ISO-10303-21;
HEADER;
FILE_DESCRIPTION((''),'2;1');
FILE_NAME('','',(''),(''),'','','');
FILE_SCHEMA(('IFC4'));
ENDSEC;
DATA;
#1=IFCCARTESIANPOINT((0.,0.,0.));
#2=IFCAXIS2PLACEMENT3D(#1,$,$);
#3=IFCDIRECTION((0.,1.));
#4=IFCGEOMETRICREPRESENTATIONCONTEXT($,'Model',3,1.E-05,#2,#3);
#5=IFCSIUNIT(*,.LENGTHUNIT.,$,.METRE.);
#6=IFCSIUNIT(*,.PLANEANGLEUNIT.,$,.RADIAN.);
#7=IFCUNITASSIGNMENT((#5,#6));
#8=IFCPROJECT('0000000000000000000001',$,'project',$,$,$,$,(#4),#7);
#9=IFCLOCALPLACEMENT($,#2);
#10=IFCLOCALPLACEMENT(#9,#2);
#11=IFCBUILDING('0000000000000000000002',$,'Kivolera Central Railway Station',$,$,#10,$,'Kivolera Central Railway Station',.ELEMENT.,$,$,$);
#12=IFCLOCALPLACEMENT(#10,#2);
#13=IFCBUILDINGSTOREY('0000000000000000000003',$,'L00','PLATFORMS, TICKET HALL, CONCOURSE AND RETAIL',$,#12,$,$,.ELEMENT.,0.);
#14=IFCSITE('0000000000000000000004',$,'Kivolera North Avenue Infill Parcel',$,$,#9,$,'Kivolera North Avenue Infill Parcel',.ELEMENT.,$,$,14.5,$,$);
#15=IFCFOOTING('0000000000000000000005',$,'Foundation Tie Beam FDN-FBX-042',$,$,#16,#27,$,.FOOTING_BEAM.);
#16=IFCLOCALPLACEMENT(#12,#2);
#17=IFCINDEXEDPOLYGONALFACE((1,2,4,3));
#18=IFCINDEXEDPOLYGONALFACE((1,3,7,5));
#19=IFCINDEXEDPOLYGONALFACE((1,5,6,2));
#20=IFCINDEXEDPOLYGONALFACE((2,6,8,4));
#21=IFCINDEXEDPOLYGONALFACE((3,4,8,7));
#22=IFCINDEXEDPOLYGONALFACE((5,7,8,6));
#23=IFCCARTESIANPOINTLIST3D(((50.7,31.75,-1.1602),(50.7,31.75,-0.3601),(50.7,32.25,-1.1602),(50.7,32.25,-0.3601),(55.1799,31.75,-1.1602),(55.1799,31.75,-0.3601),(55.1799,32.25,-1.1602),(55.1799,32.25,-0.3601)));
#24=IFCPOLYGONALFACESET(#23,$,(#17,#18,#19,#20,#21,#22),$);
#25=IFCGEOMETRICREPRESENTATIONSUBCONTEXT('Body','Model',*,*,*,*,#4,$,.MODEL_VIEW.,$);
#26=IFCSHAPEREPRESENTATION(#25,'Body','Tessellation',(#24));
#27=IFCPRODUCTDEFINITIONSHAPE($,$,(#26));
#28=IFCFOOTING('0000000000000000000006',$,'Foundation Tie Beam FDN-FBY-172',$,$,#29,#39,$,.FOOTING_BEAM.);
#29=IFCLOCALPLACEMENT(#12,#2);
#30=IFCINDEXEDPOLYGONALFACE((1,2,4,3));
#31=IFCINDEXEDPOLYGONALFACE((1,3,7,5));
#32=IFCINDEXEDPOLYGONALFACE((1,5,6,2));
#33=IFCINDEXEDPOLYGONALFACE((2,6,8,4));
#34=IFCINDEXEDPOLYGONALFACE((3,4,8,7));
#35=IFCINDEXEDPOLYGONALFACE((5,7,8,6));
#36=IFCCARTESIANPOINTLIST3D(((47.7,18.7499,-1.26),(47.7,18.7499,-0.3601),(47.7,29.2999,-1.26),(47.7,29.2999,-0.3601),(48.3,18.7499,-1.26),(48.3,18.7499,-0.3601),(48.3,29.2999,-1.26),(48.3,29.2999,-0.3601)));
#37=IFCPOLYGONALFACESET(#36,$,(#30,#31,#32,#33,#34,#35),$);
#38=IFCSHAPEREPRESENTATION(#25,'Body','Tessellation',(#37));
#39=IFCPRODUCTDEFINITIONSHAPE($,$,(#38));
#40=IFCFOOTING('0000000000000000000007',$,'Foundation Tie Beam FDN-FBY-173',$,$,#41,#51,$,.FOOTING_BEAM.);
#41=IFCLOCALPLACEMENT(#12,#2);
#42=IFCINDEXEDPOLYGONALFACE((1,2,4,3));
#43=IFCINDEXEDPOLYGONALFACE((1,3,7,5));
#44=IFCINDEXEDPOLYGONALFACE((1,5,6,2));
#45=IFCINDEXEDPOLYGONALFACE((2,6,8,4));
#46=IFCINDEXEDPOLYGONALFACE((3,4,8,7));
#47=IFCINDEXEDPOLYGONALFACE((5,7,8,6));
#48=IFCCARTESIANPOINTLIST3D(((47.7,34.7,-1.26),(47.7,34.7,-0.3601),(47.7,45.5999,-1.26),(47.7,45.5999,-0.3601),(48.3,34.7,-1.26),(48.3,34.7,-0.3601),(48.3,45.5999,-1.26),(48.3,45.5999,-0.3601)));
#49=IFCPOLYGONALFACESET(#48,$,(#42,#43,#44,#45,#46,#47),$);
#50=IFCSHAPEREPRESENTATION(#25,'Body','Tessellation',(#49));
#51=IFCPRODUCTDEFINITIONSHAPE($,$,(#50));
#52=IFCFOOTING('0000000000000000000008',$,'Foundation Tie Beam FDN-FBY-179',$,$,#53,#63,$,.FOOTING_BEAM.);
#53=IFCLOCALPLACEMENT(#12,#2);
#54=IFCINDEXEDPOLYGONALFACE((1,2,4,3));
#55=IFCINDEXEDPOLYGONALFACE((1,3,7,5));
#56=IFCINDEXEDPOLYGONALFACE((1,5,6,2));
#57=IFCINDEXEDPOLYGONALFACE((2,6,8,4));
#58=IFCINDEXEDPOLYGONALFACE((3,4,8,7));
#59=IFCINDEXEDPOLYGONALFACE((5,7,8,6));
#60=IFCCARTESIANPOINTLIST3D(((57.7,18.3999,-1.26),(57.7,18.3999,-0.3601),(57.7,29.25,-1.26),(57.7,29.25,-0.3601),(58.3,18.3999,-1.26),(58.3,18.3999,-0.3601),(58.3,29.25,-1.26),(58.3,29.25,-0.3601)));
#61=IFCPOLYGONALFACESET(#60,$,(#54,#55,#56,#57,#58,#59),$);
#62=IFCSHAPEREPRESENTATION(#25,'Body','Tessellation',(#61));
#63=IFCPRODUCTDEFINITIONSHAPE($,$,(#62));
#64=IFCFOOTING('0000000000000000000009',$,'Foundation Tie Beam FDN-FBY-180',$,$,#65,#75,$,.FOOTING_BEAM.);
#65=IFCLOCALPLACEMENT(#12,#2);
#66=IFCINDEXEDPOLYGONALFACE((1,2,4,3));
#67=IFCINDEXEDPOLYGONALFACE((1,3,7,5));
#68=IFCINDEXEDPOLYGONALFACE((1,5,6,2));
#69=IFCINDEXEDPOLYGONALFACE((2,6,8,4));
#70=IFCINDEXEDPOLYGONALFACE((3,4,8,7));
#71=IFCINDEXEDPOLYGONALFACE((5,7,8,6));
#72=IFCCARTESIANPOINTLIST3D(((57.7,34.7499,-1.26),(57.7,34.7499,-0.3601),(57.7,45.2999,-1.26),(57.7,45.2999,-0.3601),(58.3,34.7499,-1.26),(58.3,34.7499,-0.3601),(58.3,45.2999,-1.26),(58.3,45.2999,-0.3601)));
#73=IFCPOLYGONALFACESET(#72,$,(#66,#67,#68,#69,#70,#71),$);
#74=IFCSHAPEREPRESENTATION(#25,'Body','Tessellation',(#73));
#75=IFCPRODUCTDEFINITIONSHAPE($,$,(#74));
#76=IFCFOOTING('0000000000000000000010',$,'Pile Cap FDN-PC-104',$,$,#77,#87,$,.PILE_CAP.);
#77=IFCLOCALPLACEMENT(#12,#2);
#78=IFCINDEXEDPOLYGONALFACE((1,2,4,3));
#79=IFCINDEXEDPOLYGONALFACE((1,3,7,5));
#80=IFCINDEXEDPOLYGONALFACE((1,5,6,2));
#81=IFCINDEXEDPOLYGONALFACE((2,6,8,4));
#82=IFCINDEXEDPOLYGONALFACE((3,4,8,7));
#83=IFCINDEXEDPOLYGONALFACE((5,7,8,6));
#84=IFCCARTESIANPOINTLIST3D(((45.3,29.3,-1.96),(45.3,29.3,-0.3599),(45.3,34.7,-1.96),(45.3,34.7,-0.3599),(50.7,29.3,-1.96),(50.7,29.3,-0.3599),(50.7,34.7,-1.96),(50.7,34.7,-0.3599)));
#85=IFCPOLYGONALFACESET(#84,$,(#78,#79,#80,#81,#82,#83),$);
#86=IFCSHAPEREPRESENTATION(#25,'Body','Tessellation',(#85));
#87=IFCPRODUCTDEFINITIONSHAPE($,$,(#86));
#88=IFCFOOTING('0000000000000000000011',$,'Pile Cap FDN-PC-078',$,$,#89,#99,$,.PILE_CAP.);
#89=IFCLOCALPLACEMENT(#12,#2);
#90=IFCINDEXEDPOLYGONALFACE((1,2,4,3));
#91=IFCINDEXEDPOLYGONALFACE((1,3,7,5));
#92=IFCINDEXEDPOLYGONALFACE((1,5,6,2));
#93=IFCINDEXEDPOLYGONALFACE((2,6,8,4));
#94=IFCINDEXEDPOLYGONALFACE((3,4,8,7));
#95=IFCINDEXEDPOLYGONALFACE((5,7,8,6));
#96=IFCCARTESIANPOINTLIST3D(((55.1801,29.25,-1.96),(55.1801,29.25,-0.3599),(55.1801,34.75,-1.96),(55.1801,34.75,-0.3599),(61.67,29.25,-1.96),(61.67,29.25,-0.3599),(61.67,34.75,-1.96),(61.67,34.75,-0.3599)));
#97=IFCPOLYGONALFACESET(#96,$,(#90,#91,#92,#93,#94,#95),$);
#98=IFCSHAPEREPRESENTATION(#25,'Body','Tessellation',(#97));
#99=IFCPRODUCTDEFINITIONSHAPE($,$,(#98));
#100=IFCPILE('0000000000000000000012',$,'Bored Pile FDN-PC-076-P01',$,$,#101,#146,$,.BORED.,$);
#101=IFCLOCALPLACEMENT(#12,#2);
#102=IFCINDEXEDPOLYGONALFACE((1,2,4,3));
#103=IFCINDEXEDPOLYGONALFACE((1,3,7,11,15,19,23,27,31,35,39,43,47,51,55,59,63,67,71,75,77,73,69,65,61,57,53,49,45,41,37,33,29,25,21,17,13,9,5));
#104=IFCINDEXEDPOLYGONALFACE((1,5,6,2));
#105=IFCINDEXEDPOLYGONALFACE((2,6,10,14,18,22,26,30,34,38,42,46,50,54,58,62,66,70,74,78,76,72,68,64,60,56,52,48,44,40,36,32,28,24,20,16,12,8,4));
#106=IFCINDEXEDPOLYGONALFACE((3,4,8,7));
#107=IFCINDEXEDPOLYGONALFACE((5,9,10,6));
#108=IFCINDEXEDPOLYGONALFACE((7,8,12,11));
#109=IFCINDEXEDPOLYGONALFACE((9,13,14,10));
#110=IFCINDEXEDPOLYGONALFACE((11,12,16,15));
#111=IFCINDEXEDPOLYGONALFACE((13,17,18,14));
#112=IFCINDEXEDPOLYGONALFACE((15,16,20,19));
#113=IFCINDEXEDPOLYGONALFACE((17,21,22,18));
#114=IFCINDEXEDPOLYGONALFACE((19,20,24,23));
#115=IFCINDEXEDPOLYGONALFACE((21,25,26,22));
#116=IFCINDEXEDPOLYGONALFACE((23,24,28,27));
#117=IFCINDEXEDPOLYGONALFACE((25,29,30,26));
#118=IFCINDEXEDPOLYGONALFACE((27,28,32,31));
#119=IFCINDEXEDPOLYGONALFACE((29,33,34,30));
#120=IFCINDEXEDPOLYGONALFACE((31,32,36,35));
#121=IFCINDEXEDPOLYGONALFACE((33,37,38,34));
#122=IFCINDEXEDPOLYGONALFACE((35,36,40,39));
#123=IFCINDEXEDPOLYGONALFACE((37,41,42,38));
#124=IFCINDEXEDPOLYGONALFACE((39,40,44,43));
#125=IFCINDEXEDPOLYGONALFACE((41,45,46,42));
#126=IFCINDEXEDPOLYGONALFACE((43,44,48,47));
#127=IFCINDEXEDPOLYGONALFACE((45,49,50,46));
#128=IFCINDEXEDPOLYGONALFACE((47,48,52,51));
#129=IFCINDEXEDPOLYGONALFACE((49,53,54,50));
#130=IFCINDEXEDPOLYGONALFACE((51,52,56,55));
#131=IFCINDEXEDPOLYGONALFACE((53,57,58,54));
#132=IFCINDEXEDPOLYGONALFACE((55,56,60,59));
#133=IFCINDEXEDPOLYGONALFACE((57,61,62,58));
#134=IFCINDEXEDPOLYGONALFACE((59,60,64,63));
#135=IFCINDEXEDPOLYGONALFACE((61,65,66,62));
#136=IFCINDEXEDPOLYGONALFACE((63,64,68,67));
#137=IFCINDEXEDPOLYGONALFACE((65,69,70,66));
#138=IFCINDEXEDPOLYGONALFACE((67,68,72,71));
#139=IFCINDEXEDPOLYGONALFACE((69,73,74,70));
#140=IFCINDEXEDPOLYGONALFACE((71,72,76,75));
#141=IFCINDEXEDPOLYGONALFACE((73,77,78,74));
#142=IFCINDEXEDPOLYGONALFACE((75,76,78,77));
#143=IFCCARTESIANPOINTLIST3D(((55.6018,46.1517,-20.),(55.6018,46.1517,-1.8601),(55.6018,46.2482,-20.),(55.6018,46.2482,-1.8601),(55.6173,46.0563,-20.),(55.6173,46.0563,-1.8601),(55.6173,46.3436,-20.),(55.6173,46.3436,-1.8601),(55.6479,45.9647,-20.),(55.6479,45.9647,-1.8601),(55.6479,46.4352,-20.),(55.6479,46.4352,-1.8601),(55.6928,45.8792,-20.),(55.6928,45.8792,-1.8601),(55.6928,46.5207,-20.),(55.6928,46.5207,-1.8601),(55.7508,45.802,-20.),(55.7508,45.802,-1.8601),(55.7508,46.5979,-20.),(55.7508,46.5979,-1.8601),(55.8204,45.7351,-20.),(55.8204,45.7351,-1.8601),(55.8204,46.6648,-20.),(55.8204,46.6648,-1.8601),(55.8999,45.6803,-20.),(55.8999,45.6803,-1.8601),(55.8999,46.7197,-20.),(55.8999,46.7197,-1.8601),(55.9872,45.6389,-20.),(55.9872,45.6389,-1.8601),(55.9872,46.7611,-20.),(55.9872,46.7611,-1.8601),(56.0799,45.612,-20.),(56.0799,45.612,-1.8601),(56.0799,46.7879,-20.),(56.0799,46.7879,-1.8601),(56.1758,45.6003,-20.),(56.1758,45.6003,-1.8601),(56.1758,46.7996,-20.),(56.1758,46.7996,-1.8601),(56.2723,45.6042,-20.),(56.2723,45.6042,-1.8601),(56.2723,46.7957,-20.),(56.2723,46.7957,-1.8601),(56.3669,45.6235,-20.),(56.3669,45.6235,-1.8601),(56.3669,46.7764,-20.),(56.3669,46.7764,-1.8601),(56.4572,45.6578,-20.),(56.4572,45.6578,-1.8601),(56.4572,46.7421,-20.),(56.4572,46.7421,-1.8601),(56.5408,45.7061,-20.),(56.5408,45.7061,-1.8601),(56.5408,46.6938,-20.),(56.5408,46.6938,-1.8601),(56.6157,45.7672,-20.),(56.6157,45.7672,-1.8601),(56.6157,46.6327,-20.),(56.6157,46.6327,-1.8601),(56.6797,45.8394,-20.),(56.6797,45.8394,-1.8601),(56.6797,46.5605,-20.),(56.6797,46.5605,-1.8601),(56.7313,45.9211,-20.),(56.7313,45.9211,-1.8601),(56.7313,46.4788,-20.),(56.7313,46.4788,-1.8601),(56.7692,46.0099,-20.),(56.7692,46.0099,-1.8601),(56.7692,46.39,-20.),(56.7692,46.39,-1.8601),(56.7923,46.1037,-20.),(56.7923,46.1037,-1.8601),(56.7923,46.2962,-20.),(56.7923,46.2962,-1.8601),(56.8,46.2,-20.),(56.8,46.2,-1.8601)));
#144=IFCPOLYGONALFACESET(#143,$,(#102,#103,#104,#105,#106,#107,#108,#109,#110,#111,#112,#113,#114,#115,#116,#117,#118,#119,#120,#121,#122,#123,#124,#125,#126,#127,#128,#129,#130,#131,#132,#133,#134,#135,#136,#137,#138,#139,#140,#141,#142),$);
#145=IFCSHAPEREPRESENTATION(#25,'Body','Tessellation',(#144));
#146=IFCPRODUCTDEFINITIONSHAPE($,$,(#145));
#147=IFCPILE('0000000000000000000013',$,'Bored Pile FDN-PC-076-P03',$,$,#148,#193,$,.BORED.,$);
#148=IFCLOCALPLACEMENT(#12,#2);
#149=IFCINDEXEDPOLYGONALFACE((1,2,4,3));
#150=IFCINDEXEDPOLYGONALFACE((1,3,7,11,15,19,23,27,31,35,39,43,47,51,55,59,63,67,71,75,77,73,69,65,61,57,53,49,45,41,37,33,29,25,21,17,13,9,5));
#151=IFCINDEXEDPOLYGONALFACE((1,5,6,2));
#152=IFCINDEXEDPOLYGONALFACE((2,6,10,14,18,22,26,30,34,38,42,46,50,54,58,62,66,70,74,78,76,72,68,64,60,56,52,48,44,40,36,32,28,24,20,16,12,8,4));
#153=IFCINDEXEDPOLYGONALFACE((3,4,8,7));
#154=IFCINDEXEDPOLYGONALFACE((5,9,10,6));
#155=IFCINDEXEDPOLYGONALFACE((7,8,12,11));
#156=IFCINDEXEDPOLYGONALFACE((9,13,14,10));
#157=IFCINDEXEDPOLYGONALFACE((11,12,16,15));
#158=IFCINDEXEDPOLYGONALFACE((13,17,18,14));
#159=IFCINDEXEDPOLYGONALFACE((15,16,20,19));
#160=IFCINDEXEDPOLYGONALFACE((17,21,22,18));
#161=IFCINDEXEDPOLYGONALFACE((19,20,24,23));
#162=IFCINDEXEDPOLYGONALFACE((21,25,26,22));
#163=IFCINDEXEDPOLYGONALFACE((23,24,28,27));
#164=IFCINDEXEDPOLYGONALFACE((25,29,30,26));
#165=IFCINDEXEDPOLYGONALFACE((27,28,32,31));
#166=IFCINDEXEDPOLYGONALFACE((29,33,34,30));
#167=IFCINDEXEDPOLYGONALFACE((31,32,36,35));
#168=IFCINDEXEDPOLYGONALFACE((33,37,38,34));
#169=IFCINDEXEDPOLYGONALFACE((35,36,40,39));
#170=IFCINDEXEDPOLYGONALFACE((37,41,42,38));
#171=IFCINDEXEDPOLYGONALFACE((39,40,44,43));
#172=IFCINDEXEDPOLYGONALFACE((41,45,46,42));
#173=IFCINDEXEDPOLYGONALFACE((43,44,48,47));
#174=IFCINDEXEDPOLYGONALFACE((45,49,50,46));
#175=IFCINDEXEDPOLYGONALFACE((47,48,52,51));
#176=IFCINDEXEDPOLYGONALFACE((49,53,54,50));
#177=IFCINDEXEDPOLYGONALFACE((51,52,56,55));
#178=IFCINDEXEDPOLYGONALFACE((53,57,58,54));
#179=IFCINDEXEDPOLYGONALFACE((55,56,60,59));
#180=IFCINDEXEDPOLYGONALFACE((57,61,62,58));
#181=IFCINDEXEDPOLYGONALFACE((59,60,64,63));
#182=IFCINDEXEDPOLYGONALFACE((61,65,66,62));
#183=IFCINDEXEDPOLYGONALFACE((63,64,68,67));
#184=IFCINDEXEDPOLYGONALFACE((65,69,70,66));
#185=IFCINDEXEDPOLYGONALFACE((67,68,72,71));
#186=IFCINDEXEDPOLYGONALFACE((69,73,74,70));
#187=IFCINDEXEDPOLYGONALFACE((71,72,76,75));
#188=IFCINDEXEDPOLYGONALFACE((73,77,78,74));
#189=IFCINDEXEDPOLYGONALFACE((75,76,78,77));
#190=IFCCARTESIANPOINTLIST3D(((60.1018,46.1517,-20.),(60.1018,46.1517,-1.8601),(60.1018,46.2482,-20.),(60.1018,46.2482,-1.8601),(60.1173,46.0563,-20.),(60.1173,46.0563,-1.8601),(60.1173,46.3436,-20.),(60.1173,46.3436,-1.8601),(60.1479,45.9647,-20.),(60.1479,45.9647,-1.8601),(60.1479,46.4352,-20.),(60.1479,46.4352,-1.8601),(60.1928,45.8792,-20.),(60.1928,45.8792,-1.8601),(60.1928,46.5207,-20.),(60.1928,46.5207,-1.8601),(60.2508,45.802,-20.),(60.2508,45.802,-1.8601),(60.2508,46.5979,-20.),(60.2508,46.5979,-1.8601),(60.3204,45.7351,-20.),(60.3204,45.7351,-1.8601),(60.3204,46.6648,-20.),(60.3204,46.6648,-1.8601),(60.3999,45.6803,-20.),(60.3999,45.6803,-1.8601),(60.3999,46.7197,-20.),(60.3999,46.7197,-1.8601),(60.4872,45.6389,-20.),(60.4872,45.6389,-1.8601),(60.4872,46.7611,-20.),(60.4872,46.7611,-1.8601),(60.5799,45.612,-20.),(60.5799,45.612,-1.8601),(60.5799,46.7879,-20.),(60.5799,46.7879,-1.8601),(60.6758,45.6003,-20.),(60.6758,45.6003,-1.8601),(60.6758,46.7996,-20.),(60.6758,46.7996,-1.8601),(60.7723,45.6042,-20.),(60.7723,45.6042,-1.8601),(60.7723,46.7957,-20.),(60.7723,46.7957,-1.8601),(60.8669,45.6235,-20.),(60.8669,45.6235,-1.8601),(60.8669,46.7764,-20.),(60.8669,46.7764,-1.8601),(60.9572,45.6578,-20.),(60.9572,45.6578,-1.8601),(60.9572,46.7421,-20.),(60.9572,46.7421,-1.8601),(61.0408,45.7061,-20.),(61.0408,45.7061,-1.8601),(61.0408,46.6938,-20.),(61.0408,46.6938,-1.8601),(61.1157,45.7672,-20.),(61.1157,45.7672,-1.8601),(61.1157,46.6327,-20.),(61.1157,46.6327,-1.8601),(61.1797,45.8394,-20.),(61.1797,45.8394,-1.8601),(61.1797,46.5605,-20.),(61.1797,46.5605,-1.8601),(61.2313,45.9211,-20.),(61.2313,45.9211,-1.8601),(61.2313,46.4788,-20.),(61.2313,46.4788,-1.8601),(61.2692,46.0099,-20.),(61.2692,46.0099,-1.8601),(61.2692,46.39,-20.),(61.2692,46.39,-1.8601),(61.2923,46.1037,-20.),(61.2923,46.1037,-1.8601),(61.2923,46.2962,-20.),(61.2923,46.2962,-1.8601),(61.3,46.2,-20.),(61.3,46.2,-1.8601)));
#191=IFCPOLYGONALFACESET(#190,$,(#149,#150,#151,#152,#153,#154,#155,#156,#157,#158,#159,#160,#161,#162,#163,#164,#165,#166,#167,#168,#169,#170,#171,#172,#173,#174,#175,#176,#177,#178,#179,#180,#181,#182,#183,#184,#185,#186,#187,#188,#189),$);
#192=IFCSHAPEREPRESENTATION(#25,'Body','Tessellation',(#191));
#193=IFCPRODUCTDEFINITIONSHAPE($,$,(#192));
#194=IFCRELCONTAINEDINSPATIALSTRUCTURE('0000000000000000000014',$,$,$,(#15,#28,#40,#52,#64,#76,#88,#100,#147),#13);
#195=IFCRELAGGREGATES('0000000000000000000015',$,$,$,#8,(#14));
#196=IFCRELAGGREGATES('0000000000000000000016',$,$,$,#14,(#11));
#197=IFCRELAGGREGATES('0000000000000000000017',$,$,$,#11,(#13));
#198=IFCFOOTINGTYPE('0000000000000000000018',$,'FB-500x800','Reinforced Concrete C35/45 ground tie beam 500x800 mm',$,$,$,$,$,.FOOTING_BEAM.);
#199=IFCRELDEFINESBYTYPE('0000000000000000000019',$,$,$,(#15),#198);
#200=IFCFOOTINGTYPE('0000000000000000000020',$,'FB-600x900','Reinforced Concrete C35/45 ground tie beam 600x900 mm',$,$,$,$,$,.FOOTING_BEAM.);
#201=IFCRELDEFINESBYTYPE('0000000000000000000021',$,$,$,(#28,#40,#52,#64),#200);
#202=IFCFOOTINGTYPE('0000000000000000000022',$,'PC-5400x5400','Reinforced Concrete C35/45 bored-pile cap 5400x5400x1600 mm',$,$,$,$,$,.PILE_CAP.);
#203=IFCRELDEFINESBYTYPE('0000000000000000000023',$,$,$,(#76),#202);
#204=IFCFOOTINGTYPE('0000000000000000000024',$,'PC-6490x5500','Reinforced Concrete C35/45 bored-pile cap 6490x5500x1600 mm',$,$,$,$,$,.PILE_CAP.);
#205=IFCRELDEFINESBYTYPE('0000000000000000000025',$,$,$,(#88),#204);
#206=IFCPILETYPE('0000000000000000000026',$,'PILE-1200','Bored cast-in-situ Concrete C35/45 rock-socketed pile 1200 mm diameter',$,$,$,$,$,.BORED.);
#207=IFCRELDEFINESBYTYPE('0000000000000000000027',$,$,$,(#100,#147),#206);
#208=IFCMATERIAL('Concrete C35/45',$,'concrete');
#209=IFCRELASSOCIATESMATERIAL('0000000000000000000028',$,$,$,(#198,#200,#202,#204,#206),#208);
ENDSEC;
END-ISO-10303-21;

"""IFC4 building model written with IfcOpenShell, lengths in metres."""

from ifc_helpers import new_model, si_unit, direction, frame, origin, origin_2d, place, context, subcontext, project, spatial, rectangle, circle, extrude, material, material_profile, profile_set, type_object, element, save


model = new_model("IFC4")

# Units and contexts
model_context = context("Model", 3, precision=1e-05, world=origin(), true_north=direction((0.0, 1.0)))
body_context = subcontext(model_context, "Body", "Model", "MODEL_VIEW")
ifc_project = project(units=[si_unit("LENGTHUNIT", "METRE"), si_unit("PLANEANGLEUNIT", "RADIAN")], contexts=[model_context])

# Site, building, storey
site_placement = place(None, origin())
site = spatial("IfcSite", under=ifc_project, at=site_placement, Name="Kivolera North Avenue Infill Parcel", LongName="Kivolera North Avenue Infill Parcel", CompositionType="ELEMENT", RefElevation=14.5)
building_placement = place(site_placement, origin())
building = spatial("IfcBuilding", under=site, at=building_placement, Name="Kivolera Central Railway Station", LongName="Kivolera Central Railway Station", CompositionType="ELEMENT")
storey_placement = place(building_placement, origin())
storey = spatial("IfcBuildingStorey", under=building, at=storey_placement, Name="L00", Description="PLATFORMS, TICKET HALL, CONCOURSE AND RETAIL", CompositionType="ELEMENT", Elevation=0.0)

# Footings
ifc_material_1 = material(Name="Concrete C35/45", Category="concrete")
footing_type_1 = type_object("IfcFootingType", Name="FB-500x800", Description="Reinforced Concrete C35/45 ground tie beam 500x800 mm", PredefinedType="FOOTING_BEAM", material=ifc_material_1)
footing_1_placement = place(storey_placement, frame((52.9399, 32.0, -1.1602), z_axis=(0.0, 0.0, 1.0), x_axis=(1.0, 0.0, 0.0)))
element("IfcFooting", 1, at=footing_1_placement, inside=storey, type_object=footing_type_1, Name="Foundation Tie Beam FDN-FBX-042", PredefinedType="FOOTING_BEAM", context=body_context, shape_type="SweptSolid", body=[
    extrude(rectangle(XDim=4.48, YDim=0.5, at=origin_2d()), origin(), (0.0, 0.0, 1.0), 0.8),
])
footing_type_2 = type_object("IfcFootingType", Name="FB-600x900", Description="Reinforced Concrete C35/45 ground tie beam 600x900 mm", PredefinedType="FOOTING_BEAM", material=ifc_material_1)
footing_2_placement = place(storey_placement, frame((48.0, 24.0249, -1.26), z_axis=(0.0, 0.0, 1.0), x_axis=(1.0, 0.0, 0.0)))
element("IfcFooting", 2, at=footing_2_placement, inside=storey, type_object=footing_type_2, Name="Foundation Tie Beam FDN-FBY-172", PredefinedType="FOOTING_BEAM", context=body_context, shape_type="SweptSolid", body=[
    extrude(rectangle(XDim=0.6001, YDim=10.55, at=origin_2d()), origin(), (0.0, 0.0, 1.0), 0.8999),
])
footing_3_placement = place(storey_placement, frame((48.0, 40.1499, -1.26), z_axis=(0.0, 0.0, 1.0), x_axis=(1.0, 0.0, 0.0)))
element("IfcFooting", 3, at=footing_3_placement, inside=storey, type_object=footing_type_2, Name="Foundation Tie Beam FDN-FBY-173", PredefinedType="FOOTING_BEAM", context=body_context, shape_type="SweptSolid", body=[
    extrude(rectangle(XDim=0.6001, YDim=10.8999, at=origin_2d()), origin(), (0.0, 0.0, 1.0), 0.8999),
])
footing_4_placement = place(storey_placement, frame((58.0, 23.825, -1.26), z_axis=(0.0, 0.0, 1.0), x_axis=(1.0, 0.0, 0.0)))
element("IfcFooting", 4, at=footing_4_placement, inside=storey, type_object=footing_type_2, Name="Foundation Tie Beam FDN-FBY-179", PredefinedType="FOOTING_BEAM", context=body_context, shape_type="SweptSolid", body=[
    extrude(rectangle(XDim=0.6001, YDim=10.8501, at=origin_2d()), origin(), (0.0, 0.0, 1.0), 0.8999),
])
footing_5_placement = place(storey_placement, frame((58.0, 40.0249, -1.26), z_axis=(0.0, 0.0, 1.0), x_axis=(1.0, 0.0, 0.0)))
element("IfcFooting", 5, at=footing_5_placement, inside=storey, type_object=footing_type_2, Name="Foundation Tie Beam FDN-FBY-180", PredefinedType="FOOTING_BEAM", context=body_context, shape_type="SweptSolid", body=[
    extrude(rectangle(XDim=0.6001, YDim=10.55, at=origin_2d()), origin(), (0.0, 0.0, 1.0), 0.8999),
])
footing_type_3 = type_object("IfcFootingType", Name="PC-5400x5400", Description="Reinforced Concrete C35/45 bored-pile cap 5400x5400x1600 mm", PredefinedType="PILE_CAP", material=ifc_material_1)
footing_6_placement = place(storey_placement, frame((48.0, 32.0, -1.96), z_axis=(0.0, 0.0, 1.0), x_axis=(1.0, 0.0, 0.0)))
element("IfcFooting", 6, at=footing_6_placement, inside=storey, type_object=footing_type_3, Name="Pile Cap FDN-PC-104", PredefinedType="PILE_CAP", context=body_context, shape_type="SweptSolid", body=[
    extrude(rectangle(XDim=5.3999, YDim=5.3999, at=origin_2d()), origin(), (0.0, 0.0, 1.0), 1.6001),
])
footing_type_4 = type_object("IfcFootingType", Name="PC-6490x5500", Description="Reinforced Concrete C35/45 bored-pile cap 6490x5500x1600 mm", PredefinedType="PILE_CAP", material=ifc_material_1)
footing_7_placement = place(storey_placement, frame((58.425, 32.0, -1.96), z_axis=(0.0, 0.0, 1.0), x_axis=(1.0, 0.0, 0.0)))
element("IfcFooting", 7, at=footing_7_placement, inside=storey, type_object=footing_type_4, Name="Pile Cap FDN-PC-078", PredefinedType="PILE_CAP", context=body_context, shape_type="SweptSolid", body=[
    extrude(rectangle(XDim=6.49, YDim=5.5, at=origin_2d()), origin(), (0.0, 0.0, 1.0), 1.6001),
])

# Piles
ifc_material_profile_1 = material_profile(ifc_material_1, circle(Radius=0.6001, at=origin_2d()), Name="PILE D1200")
ifc_profile_set_1 = profile_set([ifc_material_profile_1], Name="Concrete C35/45")
pile_type = type_object("IfcPileType", Name="PILE-1200", Description="Bored cast-in-situ Concrete C35/45 rock-socketed pile 1200 mm diameter", PredefinedType="BORED", material=ifc_profile_set_1)
for number, where, z_axis, x_axis, name in (
    (8, (56.2, 46.2, -1.8601), (0.0, 0.0, -1.0), (1.0, 0.0, 0.0), "Bored Pile FDN-PC-076-P01"),
    (9, (60.7, 46.2, -1.8601), (0.0, 0.0, -1.0), (1.0, 0.0, 0.0), "Bored Pile FDN-PC-076-P03"),
):
    element("IfcPile", number, at=place(storey_placement, frame(where, z_axis=z_axis, x_axis=x_axis)), inside=storey, type_object=pile_type, Name=name, PredefinedType="BORED", context=body_context, shape_type="SweptSolid", body=[
        extrude(circle(Radius=0.6001, at=origin_2d()), origin(), (0.0, 0.0, 1.0), 18.1399),
    ])

save(model, "model.ifc")
